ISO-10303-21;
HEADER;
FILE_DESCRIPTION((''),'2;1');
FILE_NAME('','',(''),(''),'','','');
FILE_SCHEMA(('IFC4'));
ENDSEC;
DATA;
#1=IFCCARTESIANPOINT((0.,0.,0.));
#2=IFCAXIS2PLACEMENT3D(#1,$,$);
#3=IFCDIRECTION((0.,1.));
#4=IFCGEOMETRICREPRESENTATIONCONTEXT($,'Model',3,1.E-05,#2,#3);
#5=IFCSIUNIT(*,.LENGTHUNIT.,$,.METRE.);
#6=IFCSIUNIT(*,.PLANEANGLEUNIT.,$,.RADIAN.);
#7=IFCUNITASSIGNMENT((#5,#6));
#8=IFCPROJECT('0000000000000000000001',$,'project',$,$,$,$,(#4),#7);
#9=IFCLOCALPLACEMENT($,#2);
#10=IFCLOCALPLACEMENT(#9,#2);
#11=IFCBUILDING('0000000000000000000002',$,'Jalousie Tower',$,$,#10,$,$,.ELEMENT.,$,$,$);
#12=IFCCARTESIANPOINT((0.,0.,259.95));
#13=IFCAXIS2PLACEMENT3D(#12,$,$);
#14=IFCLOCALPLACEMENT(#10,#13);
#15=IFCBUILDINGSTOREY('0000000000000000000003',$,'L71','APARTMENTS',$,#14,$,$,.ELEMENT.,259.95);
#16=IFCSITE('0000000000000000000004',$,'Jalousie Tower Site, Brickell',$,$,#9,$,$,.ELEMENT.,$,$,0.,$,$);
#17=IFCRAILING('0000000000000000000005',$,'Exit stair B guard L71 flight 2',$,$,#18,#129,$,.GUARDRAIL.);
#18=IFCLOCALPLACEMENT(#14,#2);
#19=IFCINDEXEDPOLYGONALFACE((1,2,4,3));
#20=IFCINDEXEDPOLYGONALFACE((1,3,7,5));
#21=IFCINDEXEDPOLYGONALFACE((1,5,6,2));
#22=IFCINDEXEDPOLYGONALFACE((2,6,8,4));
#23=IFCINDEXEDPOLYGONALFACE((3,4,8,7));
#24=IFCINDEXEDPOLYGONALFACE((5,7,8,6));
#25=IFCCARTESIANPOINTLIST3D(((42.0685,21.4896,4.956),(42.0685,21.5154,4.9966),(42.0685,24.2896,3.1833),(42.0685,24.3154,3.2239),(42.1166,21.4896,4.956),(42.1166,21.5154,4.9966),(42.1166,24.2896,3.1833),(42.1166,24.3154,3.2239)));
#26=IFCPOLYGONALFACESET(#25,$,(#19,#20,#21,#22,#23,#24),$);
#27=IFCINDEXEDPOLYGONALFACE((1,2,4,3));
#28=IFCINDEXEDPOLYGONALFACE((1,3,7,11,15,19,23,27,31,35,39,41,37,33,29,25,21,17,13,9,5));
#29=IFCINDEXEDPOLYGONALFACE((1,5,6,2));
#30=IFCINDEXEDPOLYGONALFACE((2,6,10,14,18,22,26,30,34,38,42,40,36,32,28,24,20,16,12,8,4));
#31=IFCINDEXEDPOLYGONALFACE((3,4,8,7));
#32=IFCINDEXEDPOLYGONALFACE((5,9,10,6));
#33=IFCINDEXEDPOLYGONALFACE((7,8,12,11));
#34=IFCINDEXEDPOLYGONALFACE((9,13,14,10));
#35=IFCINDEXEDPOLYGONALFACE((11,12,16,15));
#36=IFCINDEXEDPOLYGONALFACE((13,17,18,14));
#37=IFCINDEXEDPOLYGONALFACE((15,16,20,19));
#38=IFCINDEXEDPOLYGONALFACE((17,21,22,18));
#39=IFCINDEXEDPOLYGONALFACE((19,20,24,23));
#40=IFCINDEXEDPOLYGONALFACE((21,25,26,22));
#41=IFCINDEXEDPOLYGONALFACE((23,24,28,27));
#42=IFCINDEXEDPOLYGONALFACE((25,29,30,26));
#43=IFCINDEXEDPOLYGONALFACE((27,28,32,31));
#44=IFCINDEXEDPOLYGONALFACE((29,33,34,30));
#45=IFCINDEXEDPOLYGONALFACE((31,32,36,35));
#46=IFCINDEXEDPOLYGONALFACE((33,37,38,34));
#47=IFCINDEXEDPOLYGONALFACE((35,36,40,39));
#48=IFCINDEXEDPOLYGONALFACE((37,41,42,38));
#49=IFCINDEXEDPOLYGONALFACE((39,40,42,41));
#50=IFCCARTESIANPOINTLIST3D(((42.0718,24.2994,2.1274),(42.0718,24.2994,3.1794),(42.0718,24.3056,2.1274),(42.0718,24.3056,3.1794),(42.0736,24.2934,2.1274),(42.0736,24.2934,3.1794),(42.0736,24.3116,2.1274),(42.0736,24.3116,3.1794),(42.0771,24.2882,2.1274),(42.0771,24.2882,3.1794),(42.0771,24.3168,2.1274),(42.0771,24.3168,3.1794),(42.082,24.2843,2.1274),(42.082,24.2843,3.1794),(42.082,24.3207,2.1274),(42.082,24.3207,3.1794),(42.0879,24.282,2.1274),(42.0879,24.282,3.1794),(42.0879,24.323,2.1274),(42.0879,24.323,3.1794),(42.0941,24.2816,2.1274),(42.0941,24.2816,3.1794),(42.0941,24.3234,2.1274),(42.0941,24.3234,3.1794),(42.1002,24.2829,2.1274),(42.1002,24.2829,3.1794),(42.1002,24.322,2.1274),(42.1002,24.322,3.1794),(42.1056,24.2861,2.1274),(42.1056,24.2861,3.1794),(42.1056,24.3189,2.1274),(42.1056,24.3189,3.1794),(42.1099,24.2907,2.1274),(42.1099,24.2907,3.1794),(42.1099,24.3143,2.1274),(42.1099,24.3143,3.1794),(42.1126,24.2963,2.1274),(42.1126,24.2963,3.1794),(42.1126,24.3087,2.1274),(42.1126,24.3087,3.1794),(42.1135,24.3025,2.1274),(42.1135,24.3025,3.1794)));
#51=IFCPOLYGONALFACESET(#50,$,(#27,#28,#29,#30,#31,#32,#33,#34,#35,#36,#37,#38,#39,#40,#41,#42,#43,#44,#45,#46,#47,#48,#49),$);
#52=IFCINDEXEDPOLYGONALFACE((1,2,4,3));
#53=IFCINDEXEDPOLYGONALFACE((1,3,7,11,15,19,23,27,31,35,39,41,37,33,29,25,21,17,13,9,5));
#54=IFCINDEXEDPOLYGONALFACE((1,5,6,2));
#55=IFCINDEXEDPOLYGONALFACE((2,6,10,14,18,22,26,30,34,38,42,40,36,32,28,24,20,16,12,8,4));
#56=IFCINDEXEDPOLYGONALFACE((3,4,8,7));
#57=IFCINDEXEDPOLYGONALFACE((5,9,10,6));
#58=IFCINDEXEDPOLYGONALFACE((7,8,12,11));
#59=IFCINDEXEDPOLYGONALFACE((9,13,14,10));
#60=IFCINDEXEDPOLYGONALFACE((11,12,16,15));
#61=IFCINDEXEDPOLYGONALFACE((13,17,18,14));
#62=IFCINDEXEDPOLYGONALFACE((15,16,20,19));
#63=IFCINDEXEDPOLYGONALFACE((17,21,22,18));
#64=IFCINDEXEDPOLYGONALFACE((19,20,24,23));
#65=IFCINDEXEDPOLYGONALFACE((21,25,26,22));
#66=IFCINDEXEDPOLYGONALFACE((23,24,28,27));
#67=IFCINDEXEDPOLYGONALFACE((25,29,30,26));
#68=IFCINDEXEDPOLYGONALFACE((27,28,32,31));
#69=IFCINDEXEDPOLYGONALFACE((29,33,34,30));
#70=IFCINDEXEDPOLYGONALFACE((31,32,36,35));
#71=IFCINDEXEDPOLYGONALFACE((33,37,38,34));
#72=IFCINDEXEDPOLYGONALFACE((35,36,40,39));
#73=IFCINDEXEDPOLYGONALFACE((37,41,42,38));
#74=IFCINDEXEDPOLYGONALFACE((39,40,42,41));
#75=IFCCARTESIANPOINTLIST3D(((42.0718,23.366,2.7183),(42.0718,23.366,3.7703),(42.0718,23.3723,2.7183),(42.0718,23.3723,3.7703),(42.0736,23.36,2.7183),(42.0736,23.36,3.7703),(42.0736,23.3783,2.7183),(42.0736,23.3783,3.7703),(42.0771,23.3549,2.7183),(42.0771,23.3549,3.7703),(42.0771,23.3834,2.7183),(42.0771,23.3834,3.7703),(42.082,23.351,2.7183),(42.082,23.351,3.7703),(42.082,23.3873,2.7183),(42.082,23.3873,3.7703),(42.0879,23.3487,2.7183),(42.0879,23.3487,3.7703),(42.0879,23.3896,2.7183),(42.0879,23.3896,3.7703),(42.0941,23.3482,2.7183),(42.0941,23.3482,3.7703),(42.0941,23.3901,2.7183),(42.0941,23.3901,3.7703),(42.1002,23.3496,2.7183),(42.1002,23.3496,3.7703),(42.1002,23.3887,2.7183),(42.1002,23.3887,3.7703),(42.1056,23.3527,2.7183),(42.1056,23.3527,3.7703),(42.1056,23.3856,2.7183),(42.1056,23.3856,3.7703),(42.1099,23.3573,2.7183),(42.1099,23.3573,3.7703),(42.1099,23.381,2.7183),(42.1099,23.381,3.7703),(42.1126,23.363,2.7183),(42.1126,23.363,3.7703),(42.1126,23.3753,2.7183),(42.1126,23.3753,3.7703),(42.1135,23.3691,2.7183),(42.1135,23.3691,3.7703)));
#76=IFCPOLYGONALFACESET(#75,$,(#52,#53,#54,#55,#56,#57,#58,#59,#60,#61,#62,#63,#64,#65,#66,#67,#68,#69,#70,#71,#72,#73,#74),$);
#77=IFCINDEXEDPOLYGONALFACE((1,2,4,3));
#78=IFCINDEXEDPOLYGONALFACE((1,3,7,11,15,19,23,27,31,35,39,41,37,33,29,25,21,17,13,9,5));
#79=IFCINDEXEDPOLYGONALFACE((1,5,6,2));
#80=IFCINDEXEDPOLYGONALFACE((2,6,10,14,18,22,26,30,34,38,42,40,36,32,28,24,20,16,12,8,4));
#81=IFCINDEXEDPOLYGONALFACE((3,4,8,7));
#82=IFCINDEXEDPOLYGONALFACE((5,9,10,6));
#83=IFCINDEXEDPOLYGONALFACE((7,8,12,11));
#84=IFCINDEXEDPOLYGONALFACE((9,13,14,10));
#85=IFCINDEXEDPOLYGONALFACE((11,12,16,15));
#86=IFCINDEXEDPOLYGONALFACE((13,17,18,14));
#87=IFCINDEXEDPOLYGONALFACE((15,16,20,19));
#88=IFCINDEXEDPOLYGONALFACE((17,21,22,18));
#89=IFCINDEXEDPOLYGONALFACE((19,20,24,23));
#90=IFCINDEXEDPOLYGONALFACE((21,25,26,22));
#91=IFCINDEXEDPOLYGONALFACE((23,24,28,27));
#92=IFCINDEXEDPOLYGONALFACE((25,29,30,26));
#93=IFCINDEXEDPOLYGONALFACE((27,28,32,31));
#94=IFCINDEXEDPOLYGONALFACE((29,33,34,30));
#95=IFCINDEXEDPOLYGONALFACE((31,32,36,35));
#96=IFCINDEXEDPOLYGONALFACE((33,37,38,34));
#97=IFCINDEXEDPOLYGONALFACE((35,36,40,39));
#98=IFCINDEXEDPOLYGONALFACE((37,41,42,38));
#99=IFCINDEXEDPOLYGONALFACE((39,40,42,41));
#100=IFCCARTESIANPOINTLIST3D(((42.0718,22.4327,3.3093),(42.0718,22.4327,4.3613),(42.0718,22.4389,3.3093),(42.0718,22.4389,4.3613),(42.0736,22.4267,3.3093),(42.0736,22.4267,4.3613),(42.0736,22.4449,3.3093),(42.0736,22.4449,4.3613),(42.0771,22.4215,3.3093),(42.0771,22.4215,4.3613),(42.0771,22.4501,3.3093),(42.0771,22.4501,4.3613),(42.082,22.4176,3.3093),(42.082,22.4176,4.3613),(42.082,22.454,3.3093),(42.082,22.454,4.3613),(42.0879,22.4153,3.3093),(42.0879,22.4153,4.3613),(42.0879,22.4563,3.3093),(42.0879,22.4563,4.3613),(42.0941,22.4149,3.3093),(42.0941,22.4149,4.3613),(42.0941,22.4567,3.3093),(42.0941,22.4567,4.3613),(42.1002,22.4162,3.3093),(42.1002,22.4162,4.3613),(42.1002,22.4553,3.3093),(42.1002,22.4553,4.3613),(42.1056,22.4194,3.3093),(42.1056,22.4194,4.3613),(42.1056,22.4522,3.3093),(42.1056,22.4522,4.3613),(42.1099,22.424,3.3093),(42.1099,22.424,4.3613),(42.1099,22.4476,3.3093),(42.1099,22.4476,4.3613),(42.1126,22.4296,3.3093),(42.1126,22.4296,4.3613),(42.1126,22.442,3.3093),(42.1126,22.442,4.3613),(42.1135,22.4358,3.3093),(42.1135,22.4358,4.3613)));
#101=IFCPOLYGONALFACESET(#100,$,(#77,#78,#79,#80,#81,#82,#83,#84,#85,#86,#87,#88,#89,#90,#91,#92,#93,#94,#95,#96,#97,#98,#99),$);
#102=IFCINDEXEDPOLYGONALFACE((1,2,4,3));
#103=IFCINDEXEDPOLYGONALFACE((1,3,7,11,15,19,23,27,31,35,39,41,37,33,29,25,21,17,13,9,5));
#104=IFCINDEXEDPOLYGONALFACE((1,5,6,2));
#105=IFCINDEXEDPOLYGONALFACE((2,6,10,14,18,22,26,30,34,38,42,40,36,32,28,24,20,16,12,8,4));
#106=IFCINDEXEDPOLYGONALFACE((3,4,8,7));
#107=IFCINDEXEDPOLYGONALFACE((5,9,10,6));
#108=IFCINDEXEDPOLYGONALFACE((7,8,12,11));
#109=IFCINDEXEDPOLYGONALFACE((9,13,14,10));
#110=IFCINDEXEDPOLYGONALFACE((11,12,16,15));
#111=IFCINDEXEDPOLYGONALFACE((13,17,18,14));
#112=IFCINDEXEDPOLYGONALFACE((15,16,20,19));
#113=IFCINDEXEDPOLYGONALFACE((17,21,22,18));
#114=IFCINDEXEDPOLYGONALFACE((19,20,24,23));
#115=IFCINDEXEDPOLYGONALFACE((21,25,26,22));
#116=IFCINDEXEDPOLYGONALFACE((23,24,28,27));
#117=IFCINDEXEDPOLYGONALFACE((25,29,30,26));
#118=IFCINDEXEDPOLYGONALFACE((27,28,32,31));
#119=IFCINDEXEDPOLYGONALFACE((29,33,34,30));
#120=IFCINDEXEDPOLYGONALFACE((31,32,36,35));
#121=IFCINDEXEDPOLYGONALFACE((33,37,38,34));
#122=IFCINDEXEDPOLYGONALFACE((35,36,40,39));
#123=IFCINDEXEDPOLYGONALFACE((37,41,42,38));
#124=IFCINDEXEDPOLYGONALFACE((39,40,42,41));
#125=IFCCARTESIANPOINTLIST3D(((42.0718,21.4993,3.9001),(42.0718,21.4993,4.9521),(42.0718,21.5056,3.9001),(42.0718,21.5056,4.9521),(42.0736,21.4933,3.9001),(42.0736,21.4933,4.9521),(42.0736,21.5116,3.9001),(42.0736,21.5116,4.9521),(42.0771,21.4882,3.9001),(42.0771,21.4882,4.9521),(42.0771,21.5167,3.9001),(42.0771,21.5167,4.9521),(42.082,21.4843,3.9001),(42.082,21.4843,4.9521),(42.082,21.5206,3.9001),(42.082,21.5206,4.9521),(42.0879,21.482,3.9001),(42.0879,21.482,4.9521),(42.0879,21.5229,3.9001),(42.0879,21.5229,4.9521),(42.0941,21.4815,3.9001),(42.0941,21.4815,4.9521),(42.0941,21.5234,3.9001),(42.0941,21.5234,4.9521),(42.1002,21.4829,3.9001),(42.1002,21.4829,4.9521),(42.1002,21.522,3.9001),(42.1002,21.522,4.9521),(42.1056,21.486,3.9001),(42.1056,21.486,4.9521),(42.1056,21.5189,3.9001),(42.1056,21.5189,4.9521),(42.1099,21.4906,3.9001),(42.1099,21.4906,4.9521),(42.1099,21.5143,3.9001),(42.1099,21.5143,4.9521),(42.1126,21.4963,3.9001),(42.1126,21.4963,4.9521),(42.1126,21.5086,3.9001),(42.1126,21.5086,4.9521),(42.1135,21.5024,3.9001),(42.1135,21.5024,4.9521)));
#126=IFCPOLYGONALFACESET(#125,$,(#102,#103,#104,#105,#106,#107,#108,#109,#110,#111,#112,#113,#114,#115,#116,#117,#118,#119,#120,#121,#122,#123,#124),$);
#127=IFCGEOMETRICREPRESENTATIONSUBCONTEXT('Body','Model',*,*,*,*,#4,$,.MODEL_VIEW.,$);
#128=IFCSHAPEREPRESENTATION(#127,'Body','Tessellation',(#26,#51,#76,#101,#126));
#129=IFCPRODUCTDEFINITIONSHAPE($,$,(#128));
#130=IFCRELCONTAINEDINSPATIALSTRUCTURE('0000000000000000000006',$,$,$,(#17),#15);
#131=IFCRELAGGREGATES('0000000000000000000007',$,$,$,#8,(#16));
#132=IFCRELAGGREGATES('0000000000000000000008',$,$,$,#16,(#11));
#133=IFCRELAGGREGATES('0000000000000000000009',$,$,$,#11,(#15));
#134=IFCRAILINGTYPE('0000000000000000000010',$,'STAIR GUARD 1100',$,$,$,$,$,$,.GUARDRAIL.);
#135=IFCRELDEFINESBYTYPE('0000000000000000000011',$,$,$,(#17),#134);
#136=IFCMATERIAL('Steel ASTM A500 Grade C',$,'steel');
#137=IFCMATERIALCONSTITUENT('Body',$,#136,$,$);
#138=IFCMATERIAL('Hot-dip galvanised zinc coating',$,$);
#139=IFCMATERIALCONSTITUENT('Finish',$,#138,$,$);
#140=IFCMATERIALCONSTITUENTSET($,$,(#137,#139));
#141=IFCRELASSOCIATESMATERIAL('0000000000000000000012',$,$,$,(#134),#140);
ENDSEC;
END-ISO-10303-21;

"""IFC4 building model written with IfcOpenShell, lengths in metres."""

from ifc_helpers import new_model, si_unit, direction, frame, origin, origin_2d, place, context, subcontext, project, spatial, rectangle, circle, extrude, material, constituent, constituent_set, type_object, element, save


model = new_model("IFC4")

# Units and contexts
model_context = context("Model", 3, precision=1e-05, world=origin(), true_north=direction((0.0, 1.0)))
body_context = subcontext(model_context, "Body", "Model", "MODEL_VIEW")
ifc_project = project(units=[si_unit("LENGTHUNIT", "METRE"), si_unit("PLANEANGLEUNIT", "RADIAN")], contexts=[model_context])

# Site, building, storey
site_placement = place(None, origin())
site = spatial("IfcSite", under=ifc_project, at=site_placement, Name="Jalousie Tower Site, Brickell", CompositionType="ELEMENT", RefElevation=0.0)
building_placement = place(site_placement, origin())
building = spatial("IfcBuilding", under=site, at=building_placement, Name="Jalousie Tower", CompositionType="ELEMENT")
storey_placement = place(building_placement, frame((0.0, 0.0, 259.95)))
storey = spatial("IfcBuildingStorey", under=building, at=storey_placement, Name="L71", Description="APARTMENTS", CompositionType="ELEMENT", Elevation=259.95)

# Railing
ifc_material_1 = material(Name="Steel ASTM A500 Grade C", Category="steel")
ifc_constituent_1 = constituent(ifc_material_1, Name="Body")
ifc_material_2 = material(Name="Hot-dip galvanised zinc coating")
ifc_constituent_2 = constituent(ifc_material_2, Name="Finish")
ifc_constituent_set_1 = constituent_set(constituents=[ifc_constituent_1, ifc_constituent_2])
railing_type_1 = type_object("IfcRailingType", Name="STAIR GUARD 1100", PredefinedType="GUARDRAIL", material=ifc_constituent_set_1)
railing_1_placement = place(storey_placement, frame((42.0925, 24.3025, 2.1274)))
element("IfcRailing", 1, at=railing_1_placement, inside=storey, type_object=railing_type_1, Name="Exit stair B guard L71 flight 2", PredefinedType="GUARDRAIL", context=body_context, shape_type="SweptSolid", body=[
    extrude(rectangle(XDim=0.0481, YDim=0.0481, at=origin_2d()), frame((0.0, 0.0, 1.0762), z_axis=(0.0, -0.844909, 0.53491), x_axis=(1.0, 0.0, 0.0)), (0.0, 0.0, 1.0), 3.314),
    extrude(circle(Radius=0.021, at=origin_2d()), origin(), (0.0, 0.0, 1.0), 1.052),
    extrude(circle(Radius=0.021, at=origin_2d()), frame((0.0, -0.9333, 0.5908)), (0.0, 0.0, 1.0), 1.052),
    extrude(circle(Radius=0.021, at=origin_2d()), frame((0.0, -1.8667, 1.1819)), (0.0, 0.0, 1.0), 1.052),
    extrude(circle(Radius=0.021, at=origin_2d()), frame((0.0, -2.8, 1.7727)), (0.0, 0.0, 1.0), 1.052),
])

save(model, "model.ifc")
